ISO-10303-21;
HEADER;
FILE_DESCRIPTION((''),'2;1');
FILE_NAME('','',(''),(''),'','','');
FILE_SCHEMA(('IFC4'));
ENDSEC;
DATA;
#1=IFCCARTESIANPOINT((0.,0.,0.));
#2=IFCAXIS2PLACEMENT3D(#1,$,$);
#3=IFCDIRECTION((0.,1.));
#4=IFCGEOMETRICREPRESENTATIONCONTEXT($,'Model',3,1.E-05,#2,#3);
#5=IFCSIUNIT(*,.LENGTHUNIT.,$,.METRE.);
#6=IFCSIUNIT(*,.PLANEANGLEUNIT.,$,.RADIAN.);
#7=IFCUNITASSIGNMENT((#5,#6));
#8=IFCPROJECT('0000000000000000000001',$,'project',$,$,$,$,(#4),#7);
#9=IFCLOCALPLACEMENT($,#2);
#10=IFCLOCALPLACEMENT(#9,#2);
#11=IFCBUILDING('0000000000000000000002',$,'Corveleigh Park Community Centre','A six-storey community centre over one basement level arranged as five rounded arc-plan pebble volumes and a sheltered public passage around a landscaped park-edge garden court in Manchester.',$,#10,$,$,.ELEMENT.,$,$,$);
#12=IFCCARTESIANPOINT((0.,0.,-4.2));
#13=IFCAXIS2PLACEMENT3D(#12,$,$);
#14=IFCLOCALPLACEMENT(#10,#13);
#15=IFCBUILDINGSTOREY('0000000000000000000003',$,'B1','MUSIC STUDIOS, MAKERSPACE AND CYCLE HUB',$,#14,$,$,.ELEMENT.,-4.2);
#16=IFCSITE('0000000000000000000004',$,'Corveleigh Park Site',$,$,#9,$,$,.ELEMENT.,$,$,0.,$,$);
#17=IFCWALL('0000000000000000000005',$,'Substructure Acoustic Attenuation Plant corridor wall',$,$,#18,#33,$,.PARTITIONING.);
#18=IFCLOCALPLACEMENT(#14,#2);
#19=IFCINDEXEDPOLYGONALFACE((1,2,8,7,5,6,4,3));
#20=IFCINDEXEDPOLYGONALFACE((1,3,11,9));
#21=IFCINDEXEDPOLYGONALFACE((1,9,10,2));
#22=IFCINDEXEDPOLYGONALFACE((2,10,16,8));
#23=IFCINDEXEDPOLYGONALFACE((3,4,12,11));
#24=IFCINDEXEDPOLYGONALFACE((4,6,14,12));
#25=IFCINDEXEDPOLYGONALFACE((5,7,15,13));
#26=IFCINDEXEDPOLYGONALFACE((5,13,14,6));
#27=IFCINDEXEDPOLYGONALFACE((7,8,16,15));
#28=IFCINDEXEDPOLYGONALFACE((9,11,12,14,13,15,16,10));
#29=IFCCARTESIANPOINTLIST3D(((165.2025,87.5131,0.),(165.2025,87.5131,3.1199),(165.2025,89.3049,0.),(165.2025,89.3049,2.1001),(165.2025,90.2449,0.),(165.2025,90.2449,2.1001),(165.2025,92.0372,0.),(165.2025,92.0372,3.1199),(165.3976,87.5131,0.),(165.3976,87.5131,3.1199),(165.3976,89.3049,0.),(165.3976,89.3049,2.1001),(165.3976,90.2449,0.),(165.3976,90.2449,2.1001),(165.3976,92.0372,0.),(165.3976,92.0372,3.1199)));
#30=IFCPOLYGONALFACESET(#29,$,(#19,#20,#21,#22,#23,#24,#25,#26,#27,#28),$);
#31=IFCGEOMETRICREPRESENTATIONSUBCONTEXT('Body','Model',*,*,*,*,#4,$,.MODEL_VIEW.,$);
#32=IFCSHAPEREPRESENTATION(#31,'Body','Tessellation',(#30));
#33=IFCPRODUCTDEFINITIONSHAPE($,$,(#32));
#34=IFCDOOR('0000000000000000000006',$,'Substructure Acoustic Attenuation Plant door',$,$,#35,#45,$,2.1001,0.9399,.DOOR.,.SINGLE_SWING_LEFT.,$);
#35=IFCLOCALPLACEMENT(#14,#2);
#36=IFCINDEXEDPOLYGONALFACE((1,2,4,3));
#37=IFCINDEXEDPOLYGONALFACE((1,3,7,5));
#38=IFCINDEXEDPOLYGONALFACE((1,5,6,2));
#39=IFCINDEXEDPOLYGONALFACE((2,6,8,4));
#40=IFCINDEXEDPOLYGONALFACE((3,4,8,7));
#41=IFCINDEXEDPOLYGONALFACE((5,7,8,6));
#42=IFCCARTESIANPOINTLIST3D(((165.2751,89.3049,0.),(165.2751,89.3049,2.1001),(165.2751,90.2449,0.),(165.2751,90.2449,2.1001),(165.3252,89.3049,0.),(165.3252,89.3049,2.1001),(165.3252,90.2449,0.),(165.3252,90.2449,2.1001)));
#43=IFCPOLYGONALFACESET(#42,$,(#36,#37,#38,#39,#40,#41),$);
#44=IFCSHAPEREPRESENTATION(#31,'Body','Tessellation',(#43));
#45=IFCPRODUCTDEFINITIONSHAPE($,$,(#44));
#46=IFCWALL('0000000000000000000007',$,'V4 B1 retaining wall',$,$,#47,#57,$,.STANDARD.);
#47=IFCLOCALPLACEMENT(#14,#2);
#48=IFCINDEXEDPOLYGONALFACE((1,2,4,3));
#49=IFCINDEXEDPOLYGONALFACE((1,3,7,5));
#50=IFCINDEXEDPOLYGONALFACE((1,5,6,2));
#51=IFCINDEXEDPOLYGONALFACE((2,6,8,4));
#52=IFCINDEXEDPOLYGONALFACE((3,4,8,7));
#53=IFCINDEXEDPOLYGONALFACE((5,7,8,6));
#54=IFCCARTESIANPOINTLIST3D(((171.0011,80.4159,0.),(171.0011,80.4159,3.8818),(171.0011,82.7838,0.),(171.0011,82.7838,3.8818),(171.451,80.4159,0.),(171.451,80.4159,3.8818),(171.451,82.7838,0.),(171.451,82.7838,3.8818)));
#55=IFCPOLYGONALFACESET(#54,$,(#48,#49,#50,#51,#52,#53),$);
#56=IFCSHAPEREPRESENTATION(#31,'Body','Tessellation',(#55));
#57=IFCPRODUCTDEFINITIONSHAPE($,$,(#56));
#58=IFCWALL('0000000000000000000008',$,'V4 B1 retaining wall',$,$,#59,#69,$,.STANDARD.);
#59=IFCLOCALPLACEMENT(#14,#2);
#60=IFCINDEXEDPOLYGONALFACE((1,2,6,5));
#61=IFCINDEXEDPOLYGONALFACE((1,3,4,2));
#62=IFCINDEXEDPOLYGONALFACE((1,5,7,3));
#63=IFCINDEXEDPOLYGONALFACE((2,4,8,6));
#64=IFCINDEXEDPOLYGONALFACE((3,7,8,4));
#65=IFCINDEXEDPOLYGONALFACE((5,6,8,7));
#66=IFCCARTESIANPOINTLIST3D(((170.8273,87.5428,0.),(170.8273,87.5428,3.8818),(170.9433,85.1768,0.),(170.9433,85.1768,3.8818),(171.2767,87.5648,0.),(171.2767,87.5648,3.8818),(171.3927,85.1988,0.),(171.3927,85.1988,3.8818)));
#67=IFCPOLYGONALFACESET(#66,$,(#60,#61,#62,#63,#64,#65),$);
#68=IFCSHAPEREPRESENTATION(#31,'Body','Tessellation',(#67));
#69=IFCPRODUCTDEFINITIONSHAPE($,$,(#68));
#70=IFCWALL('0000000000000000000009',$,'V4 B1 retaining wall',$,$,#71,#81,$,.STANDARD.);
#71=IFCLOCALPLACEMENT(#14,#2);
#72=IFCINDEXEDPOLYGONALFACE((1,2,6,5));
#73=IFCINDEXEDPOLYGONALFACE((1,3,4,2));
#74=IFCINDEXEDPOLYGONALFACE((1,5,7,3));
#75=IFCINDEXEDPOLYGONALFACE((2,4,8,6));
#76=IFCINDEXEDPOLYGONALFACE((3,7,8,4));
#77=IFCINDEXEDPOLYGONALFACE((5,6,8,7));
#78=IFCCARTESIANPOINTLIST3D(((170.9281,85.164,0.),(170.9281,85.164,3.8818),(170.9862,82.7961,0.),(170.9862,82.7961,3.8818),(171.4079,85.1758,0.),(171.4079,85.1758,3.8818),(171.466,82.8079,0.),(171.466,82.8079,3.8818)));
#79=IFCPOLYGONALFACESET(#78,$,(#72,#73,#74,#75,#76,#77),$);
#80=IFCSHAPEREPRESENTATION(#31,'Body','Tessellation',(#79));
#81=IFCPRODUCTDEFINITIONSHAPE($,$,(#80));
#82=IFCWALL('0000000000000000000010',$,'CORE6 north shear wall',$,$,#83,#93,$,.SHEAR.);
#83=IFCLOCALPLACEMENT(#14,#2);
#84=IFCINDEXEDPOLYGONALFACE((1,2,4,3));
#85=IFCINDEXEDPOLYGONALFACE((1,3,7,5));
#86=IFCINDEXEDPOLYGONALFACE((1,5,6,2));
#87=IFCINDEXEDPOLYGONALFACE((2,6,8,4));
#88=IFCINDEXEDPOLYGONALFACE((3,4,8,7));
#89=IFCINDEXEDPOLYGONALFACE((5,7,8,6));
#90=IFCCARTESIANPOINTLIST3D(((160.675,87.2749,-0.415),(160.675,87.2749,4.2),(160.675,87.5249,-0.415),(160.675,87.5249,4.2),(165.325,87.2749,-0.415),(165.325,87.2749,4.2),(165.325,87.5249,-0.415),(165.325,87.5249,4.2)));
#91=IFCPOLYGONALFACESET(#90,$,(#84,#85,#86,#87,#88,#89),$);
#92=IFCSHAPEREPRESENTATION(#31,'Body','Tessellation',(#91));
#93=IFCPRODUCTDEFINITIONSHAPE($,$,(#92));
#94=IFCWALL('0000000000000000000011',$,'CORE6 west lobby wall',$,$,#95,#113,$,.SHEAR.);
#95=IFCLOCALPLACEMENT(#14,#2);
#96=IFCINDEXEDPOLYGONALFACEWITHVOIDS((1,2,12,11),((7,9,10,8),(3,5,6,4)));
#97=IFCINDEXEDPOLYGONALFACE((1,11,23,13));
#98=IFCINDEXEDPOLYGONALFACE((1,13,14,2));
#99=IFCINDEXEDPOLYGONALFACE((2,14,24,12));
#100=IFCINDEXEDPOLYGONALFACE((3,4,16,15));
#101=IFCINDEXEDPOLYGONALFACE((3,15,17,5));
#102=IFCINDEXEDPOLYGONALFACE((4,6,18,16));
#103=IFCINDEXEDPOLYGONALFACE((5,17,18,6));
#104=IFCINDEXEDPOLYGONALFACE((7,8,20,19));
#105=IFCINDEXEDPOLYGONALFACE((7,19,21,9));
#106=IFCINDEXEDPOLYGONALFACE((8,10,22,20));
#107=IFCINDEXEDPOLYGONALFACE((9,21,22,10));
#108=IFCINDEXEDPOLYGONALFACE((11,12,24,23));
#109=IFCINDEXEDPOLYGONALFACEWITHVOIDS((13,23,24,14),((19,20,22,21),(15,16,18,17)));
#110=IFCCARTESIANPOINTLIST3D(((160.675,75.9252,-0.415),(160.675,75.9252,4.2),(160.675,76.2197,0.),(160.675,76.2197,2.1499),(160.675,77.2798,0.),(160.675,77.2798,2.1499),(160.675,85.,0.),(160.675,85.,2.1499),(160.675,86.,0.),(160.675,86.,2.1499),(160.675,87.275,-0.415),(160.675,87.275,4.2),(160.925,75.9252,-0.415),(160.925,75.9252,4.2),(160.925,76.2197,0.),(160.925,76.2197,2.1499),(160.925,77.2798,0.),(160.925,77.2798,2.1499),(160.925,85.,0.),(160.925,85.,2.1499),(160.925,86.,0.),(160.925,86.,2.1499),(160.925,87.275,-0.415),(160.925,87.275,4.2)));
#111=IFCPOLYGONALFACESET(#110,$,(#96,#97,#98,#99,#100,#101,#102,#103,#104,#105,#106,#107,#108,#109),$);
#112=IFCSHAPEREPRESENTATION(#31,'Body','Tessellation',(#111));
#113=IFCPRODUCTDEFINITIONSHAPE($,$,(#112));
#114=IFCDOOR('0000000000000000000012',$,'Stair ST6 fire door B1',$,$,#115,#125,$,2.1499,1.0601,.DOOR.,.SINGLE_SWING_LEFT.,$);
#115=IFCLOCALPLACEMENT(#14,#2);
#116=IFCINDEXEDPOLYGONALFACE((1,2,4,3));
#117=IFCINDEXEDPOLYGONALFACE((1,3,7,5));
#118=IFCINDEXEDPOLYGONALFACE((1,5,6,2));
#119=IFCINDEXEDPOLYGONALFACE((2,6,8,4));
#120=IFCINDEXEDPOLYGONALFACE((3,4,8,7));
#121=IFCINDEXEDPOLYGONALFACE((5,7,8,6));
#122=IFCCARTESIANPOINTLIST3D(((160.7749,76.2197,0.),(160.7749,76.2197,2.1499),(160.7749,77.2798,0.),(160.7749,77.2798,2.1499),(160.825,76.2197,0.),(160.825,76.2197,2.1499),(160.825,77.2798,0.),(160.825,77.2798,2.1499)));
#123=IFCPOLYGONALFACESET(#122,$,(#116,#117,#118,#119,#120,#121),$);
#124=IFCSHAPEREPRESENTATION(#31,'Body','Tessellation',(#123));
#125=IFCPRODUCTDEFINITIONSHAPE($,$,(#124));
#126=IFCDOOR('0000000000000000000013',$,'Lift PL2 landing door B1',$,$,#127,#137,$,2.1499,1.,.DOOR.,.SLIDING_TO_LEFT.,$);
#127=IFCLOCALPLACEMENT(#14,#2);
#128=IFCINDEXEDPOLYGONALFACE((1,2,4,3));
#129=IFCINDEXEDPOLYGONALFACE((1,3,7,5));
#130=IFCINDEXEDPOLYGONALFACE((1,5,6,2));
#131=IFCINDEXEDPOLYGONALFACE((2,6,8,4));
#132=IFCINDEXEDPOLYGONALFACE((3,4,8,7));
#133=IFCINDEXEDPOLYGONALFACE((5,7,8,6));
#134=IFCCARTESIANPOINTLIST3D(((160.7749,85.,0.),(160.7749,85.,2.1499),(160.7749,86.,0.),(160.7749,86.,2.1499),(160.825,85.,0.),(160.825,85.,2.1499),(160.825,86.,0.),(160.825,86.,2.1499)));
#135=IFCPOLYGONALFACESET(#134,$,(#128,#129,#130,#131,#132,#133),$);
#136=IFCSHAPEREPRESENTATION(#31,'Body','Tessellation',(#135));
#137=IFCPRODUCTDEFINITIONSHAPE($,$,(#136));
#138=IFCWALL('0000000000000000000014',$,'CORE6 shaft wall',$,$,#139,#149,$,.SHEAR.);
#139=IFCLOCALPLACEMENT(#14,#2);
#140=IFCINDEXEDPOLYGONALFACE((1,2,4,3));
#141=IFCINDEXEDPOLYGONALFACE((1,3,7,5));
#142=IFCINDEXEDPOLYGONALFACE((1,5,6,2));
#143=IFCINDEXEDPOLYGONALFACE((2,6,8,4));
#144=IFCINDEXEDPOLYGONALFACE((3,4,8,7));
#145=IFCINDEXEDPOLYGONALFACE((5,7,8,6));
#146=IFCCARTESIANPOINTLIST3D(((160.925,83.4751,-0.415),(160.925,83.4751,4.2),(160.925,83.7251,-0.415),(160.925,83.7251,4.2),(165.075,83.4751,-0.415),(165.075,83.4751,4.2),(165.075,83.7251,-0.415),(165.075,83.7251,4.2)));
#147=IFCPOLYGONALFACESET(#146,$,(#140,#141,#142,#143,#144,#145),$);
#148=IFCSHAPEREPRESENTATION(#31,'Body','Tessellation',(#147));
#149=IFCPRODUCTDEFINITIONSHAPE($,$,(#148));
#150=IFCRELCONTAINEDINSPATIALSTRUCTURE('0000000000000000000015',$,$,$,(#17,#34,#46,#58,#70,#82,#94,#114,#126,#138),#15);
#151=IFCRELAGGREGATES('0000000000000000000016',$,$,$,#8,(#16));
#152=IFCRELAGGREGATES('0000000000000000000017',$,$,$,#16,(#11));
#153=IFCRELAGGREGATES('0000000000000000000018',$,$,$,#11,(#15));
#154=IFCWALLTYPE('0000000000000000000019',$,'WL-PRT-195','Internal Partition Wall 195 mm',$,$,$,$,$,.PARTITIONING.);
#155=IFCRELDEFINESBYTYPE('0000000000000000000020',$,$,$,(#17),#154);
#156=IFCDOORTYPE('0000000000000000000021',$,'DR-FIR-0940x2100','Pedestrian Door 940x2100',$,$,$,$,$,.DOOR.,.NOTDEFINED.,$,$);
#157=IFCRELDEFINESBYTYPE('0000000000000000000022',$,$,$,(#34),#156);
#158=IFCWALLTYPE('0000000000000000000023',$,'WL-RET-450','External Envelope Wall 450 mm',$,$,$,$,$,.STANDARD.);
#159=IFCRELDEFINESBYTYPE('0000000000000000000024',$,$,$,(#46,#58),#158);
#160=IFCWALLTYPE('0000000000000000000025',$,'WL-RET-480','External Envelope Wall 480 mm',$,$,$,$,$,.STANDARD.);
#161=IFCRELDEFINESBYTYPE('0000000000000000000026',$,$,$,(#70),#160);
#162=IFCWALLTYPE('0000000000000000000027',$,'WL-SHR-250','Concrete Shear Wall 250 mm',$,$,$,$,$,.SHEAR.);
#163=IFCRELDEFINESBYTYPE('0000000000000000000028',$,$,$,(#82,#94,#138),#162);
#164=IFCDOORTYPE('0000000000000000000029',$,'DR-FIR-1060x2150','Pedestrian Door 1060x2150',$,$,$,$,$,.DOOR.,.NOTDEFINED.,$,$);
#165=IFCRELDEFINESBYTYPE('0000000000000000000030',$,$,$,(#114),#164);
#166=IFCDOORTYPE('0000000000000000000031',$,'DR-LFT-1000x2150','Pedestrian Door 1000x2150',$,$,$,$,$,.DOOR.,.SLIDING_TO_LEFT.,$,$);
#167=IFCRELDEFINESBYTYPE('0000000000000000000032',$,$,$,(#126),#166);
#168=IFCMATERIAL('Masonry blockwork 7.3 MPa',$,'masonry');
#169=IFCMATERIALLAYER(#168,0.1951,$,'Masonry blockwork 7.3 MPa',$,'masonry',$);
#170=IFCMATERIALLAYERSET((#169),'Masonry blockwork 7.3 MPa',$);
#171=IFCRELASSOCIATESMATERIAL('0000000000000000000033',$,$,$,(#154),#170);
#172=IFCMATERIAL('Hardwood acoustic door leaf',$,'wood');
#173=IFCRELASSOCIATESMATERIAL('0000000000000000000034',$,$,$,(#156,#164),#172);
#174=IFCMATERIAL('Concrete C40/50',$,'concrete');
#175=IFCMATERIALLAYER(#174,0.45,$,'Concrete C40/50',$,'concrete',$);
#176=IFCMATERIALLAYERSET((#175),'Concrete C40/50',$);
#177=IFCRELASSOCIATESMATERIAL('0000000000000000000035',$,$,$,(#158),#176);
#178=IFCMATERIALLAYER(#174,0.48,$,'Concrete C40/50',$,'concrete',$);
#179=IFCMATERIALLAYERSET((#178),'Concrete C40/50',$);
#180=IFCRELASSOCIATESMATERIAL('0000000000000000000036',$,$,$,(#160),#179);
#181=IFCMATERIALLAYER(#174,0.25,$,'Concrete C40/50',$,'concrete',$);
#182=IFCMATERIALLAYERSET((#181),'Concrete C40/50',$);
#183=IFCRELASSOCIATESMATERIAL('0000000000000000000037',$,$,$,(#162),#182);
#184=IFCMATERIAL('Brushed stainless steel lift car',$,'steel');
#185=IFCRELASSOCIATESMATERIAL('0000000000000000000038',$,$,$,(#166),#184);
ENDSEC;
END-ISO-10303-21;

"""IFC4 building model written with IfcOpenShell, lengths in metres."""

from ifc_helpers import new_model, si_unit, direction, frame, frame_2d, origin, place, context, subcontext, project, spatial, rectangle, extrude, material, layer, layer_set, type_object, element, fill, save


model = new_model("IFC4")

# Units and contexts
model_context = context("Model", 3, precision=1e-05, world=origin(), true_north=direction((0.0, 1.0)))
body_context = subcontext(model_context, "Body", "Model", "MODEL_VIEW")
ifc_project = project(units=[si_unit("LENGTHUNIT", "METRE"), si_unit("PLANEANGLEUNIT", "RADIAN")], contexts=[model_context])

# Site, building, storey
site_placement = place(None, origin())
site = spatial("IfcSite", under=ifc_project, at=site_placement, Name="Corveleigh Park Site", CompositionType="ELEMENT", RefElevation=0.0)
building_placement = place(site_placement, origin())
building = spatial("IfcBuilding", under=site, at=building_placement, Name="Corveleigh Park Community Centre", Description="A six-storey community centre over one basement level arranged as five rounded arc-plan pebble volumes and a sheltered public passage around a landscaped park-edge garden court in Manchester.", CompositionType="ELEMENT")
storey_placement = place(building_placement, frame((0.0, 0.0, -4.2)))
storey = spatial("IfcBuildingStorey", under=building, at=storey_placement, Name="B1", Description="MUSIC STUDIOS, MAKERSPACE AND CYCLE HUB", CompositionType="ELEMENT", Elevation=-4.2)

# Shared definitions
ifc_material_1 = material(Name="Concrete C40/50", Category="concrete")

# Wall, opening, door
ifc_material_2 = material(Name="Masonry blockwork 7.3 MPa", Category="masonry")
ifc_layer_1 = layer(ifc_material_2, 0.1951, Name="Masonry blockwork 7.3 MPa", Category="masonry")
ifc_layer_set_1 = layer_set([ifc_layer_1], Name="Masonry blockwork 7.3 MPa")
wall_type_1 = type_object("IfcWallType", Name="WL-PRT-195", Description="Internal Partition Wall 195 mm", PredefinedType="PARTITIONING", material=ifc_layer_set_1)
wall_1_placement = place(storey_placement, frame((165.3, 87.5129, 0.0), z_axis=(0.0, 0.0, 1.0), x_axis=(0.0, 1.0, 0.0)))
wall_1 = element("IfcWall", 1, at=wall_1_placement, inside=storey, type_object=wall_type_1, Name="Substructure Acoustic Attenuation Plant corridor wall", PredefinedType="PARTITIONING", context=body_context, shape_type="SweptSolid", body=[
    extrude(rectangle(XDim=4.5242, YDim=0.1951, at=frame_2d((2.2622, 0.0))), origin(), (0.0, 0.0, 1.0), 3.1199),
])
opening_1_placement = place(wall_1_placement, frame((1.792, 0.0, 0.0)))
opening_1 = element("IfcOpeningElement", 2, at=opening_1_placement, cuts=wall_1, PredefinedType="OPENING", context=body_context, shape_type="SweptSolid", body=[
    extrude(rectangle(XDim=0.9399, YDim=2.1001, at=frame_2d((0.47, 1.05))), frame((0.0, 0.1074, 0.0), z_axis=(0.0, -1.0, 0.0), x_axis=(1.0, 0.0, 0.0)), (0.0, 0.0, 1.0), 0.2151),
])
ifc_material_3 = material(Name="Hardwood acoustic door leaf", Category="wood")
door_type_1 = type_object("IfcDoorType", Name="DR-FIR-0940x2100", Description="Pedestrian Door 940x2100", OperationType="NOTDEFINED", PredefinedType="DOOR", material=ifc_material_3)
door_1_placement = place(opening_1_placement, origin())
door_1 = element("IfcDoor", 3, at=door_1_placement, inside=storey, type_object=door_type_1, Name="Substructure Acoustic Attenuation Plant door", OperationType="SINGLE_SWING_LEFT", OverallHeight=2.1001, OverallWidth=0.9399, PredefinedType="DOOR", context=body_context, shape_type="SweptSolid", body=[
    extrude(rectangle(XDim=0.9399, YDim=2.1001, at=frame_2d((0.47, 1.05))), frame((0.0, 0.0249, 0.0), z_axis=(0.0, -1.0, 0.0), x_axis=(1.0, 0.0, 0.0)), (0.0, 0.0, 1.0), 0.05),
])
fill(opening_1, door_1)

# Walls
ifc_layer_2 = layer(ifc_material_1, 0.45, Name="Concrete C40/50", Category="concrete")
ifc_layer_set_2 = layer_set([ifc_layer_2], Name="Concrete C40/50")
wall_type_2 = type_object("IfcWallType", Name="WL-RET-450", Description="External Envelope Wall 450 mm", PredefinedType="STANDARD", material=ifc_layer_set_2)
wall_2_placement = place(storey_placement, frame((171.2261, 82.7839, 0.0), z_axis=(0.0, 0.0, 1.0), x_axis=(0.0, -1.0, 0.0)))
element("IfcWall", 4, at=wall_2_placement, inside=storey, type_object=wall_type_2, Name="V4 B1 retaining wall", PredefinedType="STANDARD", context=body_context, shape_type="SweptSolid", body=[
    extrude(rectangle(XDim=2.3679, YDim=0.45, at=frame_2d((1.1841, 0.0))), origin(), (0.0, 0.0, 1.0), 3.8818),
])
wall_3_placement = place(storey_placement, frame((171.052, 87.554, 0.0), z_axis=(0.0, 0.0, 1.0), x_axis=(0.048956, -0.998801, 0.0)))
element("IfcWall", 5, at=wall_3_placement, inside=storey, type_object=wall_type_2, Name="V4 B1 retaining wall", PredefinedType="STANDARD", context=body_context, shape_type="SweptSolid", body=[
    extrude(rectangle(XDim=2.3689, YDim=0.45, at=frame_2d((1.1846, 0.0))), origin(), (0.0, 0.0, 1.0), 3.8818),
])
ifc_layer_3 = layer(ifc_material_1, 0.48, Name="Concrete C40/50", Category="concrete")
ifc_layer_set_3 = layer_set([ifc_layer_3], Name="Concrete C40/50")
wall_type_3 = type_object("IfcWallType", Name="WL-RET-480", Description="External Envelope Wall 480 mm", PredefinedType="STANDARD", material=ifc_layer_set_3)
wall_4_placement = place(storey_placement, frame((171.168, 85.1699, 0.0), z_axis=(0.0, 0.0, 1.0), x_axis=(0.024531, -0.999699, 0.0)))
element("IfcWall", 6, at=wall_4_placement, inside=storey, type_object=wall_type_3, Name="V4 B1 retaining wall", PredefinedType="STANDARD", context=body_context, shape_type="SweptSolid", body=[
    extrude(rectangle(XDim=2.3687, YDim=0.48, at=frame_2d((1.1843, 0.0))), origin(), (0.0, 0.0, 1.0), 3.8818),
])
ifc_layer_4 = layer(ifc_material_1, 0.25, Name="Concrete C40/50", Category="concrete")
ifc_layer_set_4 = layer_set([ifc_layer_4], Name="Concrete C40/50")
wall_type_4 = type_object("IfcWallType", Name="WL-SHR-250", Description="Concrete Shear Wall 250 mm", PredefinedType="SHEAR", material=ifc_layer_set_4)
wall_5_placement = place(storey_placement, frame((165.325, 87.3999, -0.415), z_axis=(0.0, 0.0, 1.0), x_axis=(-1.0, 0.0, 0.0)))
element("IfcWall", 7, at=wall_5_placement, inside=storey, type_object=wall_type_4, Name="CORE6 north shear wall", PredefinedType="SHEAR", context=body_context, shape_type="SweptSolid", body=[
    extrude(rectangle(XDim=4.6499, YDim=0.25, at=frame_2d((2.325, 0.0))), origin(), (0.0, 0.0, 1.0), 4.615),
])

# Wall, openings, doors
wall_6_placement = place(storey_placement, frame((160.8, 87.2749, -0.415), z_axis=(0.0, 0.0, 1.0), x_axis=(0.0, -1.0, 0.0)))
wall_6 = element("IfcWall", 8, at=wall_6_placement, inside=storey, type_object=wall_type_4, Name="CORE6 west lobby wall", PredefinedType="SHEAR", context=body_context, shape_type="SweptSolid", body=[
    extrude(rectangle(XDim=11.3499, YDim=0.25, at=frame_2d((5.6748, 0.0))), origin(), (0.0, 0.0, 1.0), 4.615),
])
opening_2_placement = place(wall_6_placement, frame((1.2749, 0.0, 0.415)))
opening_2 = element("IfcOpeningElement", 9, at=opening_2_placement, cuts=wall_6, PredefinedType="OPENING", context=body_context, shape_type="SweptSolid", body=[
    extrude(rectangle(XDim=1.0, YDim=2.1499, at=frame_2d((0.5, 1.075))), frame((0.0, 0.135, 0.0), z_axis=(0.0, -1.0, 0.0), x_axis=(1.0, 0.0, 0.0)), (0.0, 0.0, 1.0), 0.27),
])
opening_3_placement = place(wall_6_placement, frame((9.9951, 0.0, 0.415)))
opening_3 = element("IfcOpeningElement", 10, at=opening_3_placement, cuts=wall_6, PredefinedType="OPENING", context=body_context, shape_type="SweptSolid", body=[
    extrude(rectangle(XDim=1.0601, YDim=2.1499, at=frame_2d((0.53, 1.075))), frame((0.0, 0.135, 0.0), z_axis=(0.0, -1.0, 0.0), x_axis=(1.0, 0.0, 0.0)), (0.0, 0.0, 1.0), 0.27),
])
door_type_2 = type_object("IfcDoorType", Name="DR-FIR-1060x2150", Description="Pedestrian Door 1060x2150", OperationType="NOTDEFINED", PredefinedType="DOOR", material=ifc_material_3)
door_2_placement = place(opening_3_placement, origin())
door_2 = element("IfcDoor", 11, at=door_2_placement, inside=storey, type_object=door_type_2, Name="Stair ST6 fire door B1", OperationType="SINGLE_SWING_LEFT", OverallHeight=2.1499, OverallWidth=1.0601, PredefinedType="DOOR", context=body_context, shape_type="SweptSolid", body=[
    extrude(rectangle(XDim=1.0601, YDim=2.1499, at=frame_2d((0.53, 1.075))), frame((0.0, 0.0249, 0.0), z_axis=(0.0, -1.0, 0.0), x_axis=(1.0, 0.0, 0.0)), (0.0, 0.0, 1.0), 0.05),
])
fill(opening_3, door_2)
ifc_material_4 = material(Name="Brushed stainless steel lift car", Category="steel")
door_type_3 = type_object("IfcDoorType", Name="DR-LFT-1000x2150", Description="Pedestrian Door 1000x2150", OperationType="SLIDING_TO_LEFT", PredefinedType="DOOR", material=ifc_material_4)
door_3_placement = place(opening_2_placement, origin())
door_3 = element("IfcDoor", 12, at=door_3_placement, inside=storey, type_object=door_type_3, Name="Lift PL2 landing door B1", OperationType="SLIDING_TO_LEFT", OverallHeight=2.1499, OverallWidth=1.0, PredefinedType="DOOR", context=body_context, shape_type="SweptSolid", body=[
    extrude(rectangle(XDim=1.0, YDim=2.1499, at=frame_2d((0.5, 1.075))), frame((0.0, 0.0249, 0.0), z_axis=(0.0, -1.0, 0.0), x_axis=(1.0, 0.0, 0.0)), (0.0, 0.0, 1.0), 0.05),
])
fill(opening_2, door_3)

# Wall
wall_7_placement = place(storey_placement, frame((160.925, 83.6001, -0.415), z_axis=(0.0, 0.0, 1.0), x_axis=(1.0, 0.0, 0.0)))
element("IfcWall", 13, at=wall_7_placement, inside=storey, type_object=wall_type_4, Name="CORE6 shaft wall", PredefinedType="SHEAR", context=body_context, shape_type="SweptSolid", body=[
    extrude(rectangle(XDim=4.1499, YDim=0.25, at=frame_2d((2.075, 0.0))), origin(), (0.0, 0.0, 1.0), 4.615),
])

save(model, "model.ifc")
